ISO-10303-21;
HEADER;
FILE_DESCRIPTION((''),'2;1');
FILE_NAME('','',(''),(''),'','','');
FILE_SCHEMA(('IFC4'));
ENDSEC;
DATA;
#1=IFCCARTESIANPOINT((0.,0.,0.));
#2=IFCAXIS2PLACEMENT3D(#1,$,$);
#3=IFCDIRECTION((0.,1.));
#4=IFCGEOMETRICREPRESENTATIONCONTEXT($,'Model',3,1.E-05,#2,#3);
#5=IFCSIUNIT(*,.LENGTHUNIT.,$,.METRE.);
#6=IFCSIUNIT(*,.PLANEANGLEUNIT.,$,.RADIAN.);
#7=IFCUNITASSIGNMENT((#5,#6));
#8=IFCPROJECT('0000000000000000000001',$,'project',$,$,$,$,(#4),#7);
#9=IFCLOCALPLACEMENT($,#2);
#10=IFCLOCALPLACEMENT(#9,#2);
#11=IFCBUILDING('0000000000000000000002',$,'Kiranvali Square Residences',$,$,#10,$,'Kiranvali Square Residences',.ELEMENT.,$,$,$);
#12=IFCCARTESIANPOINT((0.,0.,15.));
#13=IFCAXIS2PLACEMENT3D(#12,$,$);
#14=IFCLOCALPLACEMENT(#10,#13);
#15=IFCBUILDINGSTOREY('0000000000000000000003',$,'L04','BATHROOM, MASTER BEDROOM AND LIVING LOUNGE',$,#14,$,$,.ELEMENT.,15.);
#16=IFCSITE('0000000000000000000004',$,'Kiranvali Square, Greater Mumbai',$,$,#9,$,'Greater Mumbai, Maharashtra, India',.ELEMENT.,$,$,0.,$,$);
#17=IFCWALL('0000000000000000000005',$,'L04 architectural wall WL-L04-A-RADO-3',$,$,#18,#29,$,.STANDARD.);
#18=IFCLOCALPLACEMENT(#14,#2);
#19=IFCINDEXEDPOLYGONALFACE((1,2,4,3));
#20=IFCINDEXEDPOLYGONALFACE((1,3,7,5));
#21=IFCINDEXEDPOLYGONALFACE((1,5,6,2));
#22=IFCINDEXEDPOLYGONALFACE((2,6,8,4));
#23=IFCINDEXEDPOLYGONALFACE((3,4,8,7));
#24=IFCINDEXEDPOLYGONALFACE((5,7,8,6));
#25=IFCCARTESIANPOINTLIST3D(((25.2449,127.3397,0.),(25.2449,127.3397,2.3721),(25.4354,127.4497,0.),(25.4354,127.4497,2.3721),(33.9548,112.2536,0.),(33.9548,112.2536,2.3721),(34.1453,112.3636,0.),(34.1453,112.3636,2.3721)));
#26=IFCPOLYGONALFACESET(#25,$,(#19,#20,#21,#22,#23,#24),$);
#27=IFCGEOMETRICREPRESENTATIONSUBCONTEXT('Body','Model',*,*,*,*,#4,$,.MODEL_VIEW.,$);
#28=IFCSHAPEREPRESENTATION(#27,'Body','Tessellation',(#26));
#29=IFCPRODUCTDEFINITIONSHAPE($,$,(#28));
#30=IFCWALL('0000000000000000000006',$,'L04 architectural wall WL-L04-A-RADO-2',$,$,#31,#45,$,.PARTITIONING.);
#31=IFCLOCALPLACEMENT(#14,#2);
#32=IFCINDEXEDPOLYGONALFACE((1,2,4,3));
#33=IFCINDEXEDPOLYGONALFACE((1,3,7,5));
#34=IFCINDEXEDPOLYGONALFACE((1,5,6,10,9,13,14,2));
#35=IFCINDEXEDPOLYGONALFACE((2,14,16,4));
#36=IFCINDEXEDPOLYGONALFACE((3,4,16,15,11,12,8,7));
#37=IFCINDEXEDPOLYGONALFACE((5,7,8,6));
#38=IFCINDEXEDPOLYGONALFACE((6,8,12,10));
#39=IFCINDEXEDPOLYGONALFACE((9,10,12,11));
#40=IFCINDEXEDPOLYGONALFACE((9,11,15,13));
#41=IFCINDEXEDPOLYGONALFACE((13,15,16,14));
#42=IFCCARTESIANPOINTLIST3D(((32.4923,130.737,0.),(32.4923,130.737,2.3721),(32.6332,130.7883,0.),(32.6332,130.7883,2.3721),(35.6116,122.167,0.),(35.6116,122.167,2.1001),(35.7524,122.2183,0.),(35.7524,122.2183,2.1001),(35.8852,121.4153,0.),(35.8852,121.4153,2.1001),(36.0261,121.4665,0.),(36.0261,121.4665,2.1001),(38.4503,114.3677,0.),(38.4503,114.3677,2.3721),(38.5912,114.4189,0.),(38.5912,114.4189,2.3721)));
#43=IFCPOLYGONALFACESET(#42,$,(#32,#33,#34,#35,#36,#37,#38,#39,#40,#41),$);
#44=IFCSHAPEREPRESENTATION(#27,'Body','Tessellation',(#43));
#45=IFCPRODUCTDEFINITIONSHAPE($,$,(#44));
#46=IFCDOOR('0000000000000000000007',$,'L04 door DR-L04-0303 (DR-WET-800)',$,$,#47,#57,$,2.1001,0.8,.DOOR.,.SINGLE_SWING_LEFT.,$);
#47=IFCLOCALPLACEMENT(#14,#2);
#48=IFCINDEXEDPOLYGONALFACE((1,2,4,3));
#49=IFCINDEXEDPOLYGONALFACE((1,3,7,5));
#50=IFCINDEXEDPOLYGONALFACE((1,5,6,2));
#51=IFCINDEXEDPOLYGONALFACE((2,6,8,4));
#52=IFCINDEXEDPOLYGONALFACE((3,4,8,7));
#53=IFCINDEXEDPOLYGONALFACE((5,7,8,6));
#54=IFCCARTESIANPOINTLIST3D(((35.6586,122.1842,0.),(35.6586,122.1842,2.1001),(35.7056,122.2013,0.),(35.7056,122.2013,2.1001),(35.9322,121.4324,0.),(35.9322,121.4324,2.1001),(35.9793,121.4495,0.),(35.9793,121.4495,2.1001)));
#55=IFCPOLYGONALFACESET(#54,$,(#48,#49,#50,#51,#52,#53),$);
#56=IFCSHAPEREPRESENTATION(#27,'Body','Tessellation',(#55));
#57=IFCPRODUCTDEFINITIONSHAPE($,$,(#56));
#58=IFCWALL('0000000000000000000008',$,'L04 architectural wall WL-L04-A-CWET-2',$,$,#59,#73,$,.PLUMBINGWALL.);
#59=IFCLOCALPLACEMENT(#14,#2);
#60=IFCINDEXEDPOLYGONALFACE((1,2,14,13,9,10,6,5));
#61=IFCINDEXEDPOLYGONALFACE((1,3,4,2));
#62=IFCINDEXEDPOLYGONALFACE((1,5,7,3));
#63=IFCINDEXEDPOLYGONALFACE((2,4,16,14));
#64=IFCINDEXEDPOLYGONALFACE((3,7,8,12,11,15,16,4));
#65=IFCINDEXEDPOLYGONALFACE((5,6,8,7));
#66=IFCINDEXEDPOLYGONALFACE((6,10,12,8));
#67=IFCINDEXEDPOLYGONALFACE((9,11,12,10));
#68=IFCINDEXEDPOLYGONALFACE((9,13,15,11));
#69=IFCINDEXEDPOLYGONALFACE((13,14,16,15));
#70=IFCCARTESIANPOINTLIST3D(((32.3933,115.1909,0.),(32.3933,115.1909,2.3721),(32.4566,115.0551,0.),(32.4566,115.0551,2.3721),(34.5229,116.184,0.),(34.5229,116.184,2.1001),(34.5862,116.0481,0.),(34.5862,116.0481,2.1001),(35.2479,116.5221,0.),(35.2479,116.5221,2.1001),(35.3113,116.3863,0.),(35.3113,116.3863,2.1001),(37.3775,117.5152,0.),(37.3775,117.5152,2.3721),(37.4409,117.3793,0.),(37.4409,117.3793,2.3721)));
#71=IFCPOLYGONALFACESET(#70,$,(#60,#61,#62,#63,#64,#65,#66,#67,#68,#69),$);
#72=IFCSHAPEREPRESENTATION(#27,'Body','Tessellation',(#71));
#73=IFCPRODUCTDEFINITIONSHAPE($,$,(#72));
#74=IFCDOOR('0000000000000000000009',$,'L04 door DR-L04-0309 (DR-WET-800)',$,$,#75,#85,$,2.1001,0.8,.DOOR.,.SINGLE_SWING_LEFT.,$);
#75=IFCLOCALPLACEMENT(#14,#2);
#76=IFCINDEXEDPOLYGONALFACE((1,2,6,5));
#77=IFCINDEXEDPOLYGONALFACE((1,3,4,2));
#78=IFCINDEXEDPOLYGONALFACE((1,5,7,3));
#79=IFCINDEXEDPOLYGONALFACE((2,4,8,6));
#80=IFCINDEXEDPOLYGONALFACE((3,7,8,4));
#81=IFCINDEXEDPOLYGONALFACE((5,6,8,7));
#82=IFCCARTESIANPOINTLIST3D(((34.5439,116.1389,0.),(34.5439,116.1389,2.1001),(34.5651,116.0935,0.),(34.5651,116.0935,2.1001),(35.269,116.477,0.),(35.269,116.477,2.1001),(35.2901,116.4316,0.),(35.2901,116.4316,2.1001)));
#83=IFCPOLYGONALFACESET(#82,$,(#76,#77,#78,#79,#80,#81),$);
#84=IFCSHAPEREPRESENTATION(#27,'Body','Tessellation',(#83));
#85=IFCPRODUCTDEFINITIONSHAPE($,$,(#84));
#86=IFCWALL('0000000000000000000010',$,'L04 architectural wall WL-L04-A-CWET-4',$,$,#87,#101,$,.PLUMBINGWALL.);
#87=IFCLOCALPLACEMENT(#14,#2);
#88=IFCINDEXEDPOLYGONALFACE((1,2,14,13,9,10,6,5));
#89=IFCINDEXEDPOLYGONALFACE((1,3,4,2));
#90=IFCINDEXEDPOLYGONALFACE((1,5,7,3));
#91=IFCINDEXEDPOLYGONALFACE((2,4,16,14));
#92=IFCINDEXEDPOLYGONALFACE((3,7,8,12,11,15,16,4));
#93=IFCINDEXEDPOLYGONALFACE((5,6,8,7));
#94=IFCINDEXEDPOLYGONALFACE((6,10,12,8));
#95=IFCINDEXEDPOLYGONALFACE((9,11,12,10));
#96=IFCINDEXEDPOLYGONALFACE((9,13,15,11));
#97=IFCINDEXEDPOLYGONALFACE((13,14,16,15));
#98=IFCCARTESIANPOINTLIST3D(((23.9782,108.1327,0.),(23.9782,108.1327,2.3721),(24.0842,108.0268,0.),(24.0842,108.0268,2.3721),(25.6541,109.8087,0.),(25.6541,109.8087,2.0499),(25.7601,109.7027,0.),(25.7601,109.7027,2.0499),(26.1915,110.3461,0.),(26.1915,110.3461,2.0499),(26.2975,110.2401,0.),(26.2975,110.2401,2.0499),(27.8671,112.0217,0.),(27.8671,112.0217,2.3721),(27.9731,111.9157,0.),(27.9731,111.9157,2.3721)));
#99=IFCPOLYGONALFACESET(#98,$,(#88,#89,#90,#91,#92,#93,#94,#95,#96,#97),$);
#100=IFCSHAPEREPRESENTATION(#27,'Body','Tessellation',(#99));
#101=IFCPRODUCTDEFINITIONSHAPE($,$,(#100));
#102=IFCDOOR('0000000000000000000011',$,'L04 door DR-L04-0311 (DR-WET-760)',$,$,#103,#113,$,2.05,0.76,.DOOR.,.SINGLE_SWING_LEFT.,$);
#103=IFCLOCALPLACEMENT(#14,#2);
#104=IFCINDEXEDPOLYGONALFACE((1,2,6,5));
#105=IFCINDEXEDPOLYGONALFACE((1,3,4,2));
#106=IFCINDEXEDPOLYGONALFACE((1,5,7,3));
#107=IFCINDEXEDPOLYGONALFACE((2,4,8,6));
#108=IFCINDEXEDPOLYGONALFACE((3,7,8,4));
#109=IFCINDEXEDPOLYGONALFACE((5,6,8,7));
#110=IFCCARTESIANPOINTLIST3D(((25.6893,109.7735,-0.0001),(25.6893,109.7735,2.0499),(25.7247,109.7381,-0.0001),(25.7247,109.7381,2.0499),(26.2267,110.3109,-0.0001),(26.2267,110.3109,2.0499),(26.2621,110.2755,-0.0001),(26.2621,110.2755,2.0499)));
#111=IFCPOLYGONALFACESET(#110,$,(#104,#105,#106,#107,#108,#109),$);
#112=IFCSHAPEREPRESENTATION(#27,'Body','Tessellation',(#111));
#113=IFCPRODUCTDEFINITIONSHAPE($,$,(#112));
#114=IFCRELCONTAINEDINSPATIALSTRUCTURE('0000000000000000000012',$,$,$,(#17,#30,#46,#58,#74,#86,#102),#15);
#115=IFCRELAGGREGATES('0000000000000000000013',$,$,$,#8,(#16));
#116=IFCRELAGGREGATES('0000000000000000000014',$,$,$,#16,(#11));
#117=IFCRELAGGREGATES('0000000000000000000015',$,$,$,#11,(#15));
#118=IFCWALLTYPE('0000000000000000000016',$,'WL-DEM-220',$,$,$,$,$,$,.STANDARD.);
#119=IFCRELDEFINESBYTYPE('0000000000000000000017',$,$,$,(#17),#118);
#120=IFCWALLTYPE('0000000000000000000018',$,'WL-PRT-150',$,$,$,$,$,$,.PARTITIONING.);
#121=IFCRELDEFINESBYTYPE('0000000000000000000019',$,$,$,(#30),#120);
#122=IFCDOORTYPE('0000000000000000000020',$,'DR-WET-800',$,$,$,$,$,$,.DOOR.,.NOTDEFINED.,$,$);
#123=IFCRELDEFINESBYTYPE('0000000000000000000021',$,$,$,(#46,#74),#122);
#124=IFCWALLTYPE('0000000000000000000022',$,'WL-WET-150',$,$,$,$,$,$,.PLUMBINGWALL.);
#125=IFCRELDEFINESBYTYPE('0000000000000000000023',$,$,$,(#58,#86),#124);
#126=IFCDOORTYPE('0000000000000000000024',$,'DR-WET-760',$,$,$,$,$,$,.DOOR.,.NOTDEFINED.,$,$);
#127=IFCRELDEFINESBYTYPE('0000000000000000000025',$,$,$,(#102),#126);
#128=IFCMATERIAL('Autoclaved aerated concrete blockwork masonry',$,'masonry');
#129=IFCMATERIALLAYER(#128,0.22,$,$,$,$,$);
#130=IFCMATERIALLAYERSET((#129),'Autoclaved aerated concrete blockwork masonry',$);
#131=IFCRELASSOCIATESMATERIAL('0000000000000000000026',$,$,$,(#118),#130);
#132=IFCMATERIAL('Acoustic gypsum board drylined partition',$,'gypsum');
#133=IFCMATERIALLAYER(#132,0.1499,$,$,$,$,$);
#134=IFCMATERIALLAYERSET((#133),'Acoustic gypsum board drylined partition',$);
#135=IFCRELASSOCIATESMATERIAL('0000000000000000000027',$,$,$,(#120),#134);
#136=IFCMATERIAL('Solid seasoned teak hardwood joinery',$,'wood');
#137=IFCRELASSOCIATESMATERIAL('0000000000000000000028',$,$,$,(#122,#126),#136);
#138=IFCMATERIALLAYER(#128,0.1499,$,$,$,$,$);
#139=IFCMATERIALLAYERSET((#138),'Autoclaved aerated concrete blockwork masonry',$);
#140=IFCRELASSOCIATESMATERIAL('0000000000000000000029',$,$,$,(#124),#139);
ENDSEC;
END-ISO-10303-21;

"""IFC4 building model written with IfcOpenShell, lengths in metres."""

from ifc_helpers import new_model, si_unit, direction, frame, frame_2d, origin, place, context, subcontext, project, spatial, rectangle, extrude, material, layer, layer_set, type_object, element, fill, save


model = new_model("IFC4")

# Units and contexts
model_context = context("Model", 3, precision=1e-05, world=origin(), true_north=direction((0.0, 1.0)))
body_context = subcontext(model_context, "Body", "Model", "MODEL_VIEW")
ifc_project = project(units=[si_unit("LENGTHUNIT", "METRE"), si_unit("PLANEANGLEUNIT", "RADIAN")], contexts=[model_context])

# Site, building, storey
site_placement = place(None, origin())
site = spatial("IfcSite", under=ifc_project, at=site_placement, Name="Kiranvali Square, Greater Mumbai", LongName="Greater Mumbai, Maharashtra, India", CompositionType="ELEMENT", RefElevation=0.0)
building_placement = place(site_placement, origin())
building = spatial("IfcBuilding", under=site, at=building_placement, Name="Kiranvali Square Residences", LongName="Kiranvali Square Residences", CompositionType="ELEMENT")
storey_placement = place(building_placement, frame((0.0, 0.0, 15.0)))
storey = spatial("IfcBuildingStorey", under=building, at=storey_placement, Name="L04", Description="BATHROOM, MASTER BEDROOM AND LIVING LOUNGE", CompositionType="ELEMENT", Elevation=15.0)

# Shared definitions
ifc_material_1 = material(Name="Autoclaved aerated concrete blockwork masonry", Category="masonry")

# Wall
ifc_layer_1 = layer(ifc_material_1, 0.22)
ifc_layer_set_1 = layer_set([ifc_layer_1], Name="Autoclaved aerated concrete blockwork masonry")
wall_type_1 = type_object("IfcWallType", Name="WL-DEM-220", PredefinedType="STANDARD", material=ifc_layer_set_1)
wall_1_placement = place(storey_placement, frame((34.05, 112.3086, 0.0), z_axis=(0.0, 0.0, 1.0), x_axis=(-0.499998, 0.866027, 0.0)))
element("IfcWall", 1, at=wall_1_placement, inside=storey, type_object=wall_type_1, Name="L04 architectural wall WL-L04-A-RADO-3", PredefinedType="STANDARD", context=body_context, shape_type="SweptSolid", body=[
    extrude(rectangle(XDim=17.4199, YDim=0.22, at=frame_2d((8.71, 0.0))), origin(), (0.0, 0.0, 1.0), 2.3721),
])

# Walls, openings, doors
ifc_material_2 = material(Name="Acoustic gypsum board drylined partition", Category="gypsum")
ifc_layer_2 = layer(ifc_material_2, 0.1499)
ifc_layer_set_2 = layer_set([ifc_layer_2], Name="Acoustic gypsum board drylined partition")
wall_type_2 = type_object("IfcWallType", Name="WL-PRT-150", PredefinedType="PARTITIONING", material=ifc_layer_set_2)
wall_2_placement = place(storey_placement, frame((38.5208, 114.3933, 0.0), z_axis=(0.0, 0.0, 1.0), x_axis=(-0.342022, 0.939692, 0.0)))
wall_2 = element("IfcWall", 2, at=wall_2_placement, inside=storey, type_object=wall_type_2, Name="L04 architectural wall WL-L04-A-RADO-2", PredefinedType="PARTITIONING", context=body_context, shape_type="SweptSolid", body=[
    extrude(rectangle(XDim=17.4199, YDim=0.1499, at=frame_2d((8.71, 0.0))), origin(), (0.0, 0.0, 1.0), 2.3721),
])
opening_1_placement = place(wall_2_placement, frame((7.5, 0.0, 0.0)))
opening_1 = element("IfcOpeningElement", 3, at=opening_1_placement, cuts=wall_2, PredefinedType="OPENING", context=body_context, shape_type="SweptSolid", body=[
    extrude(rectangle(XDim=0.8, YDim=2.1001, at=frame_2d((0.3999, 1.05))), frame((0.0, 0.085, 0.0), z_axis=(0.0, -1.0, 0.0), x_axis=(1.0, 0.0, 0.0)), (0.0, 0.0, 1.0), 0.1699),
])
ifc_material_3 = material(Name="Solid seasoned teak hardwood joinery", Category="wood")
door_type_1 = type_object("IfcDoorType", Name="DR-WET-800", OperationType="NOTDEFINED", PredefinedType="DOOR", material=ifc_material_3)
door_1_placement = place(opening_1_placement, origin())
door_1 = element("IfcDoor", 4, at=door_1_placement, inside=storey, type_object=door_type_1, Name="L04 door DR-L04-0303 (DR-WET-800)", OperationType="SINGLE_SWING_LEFT", OverallHeight=2.1001, OverallWidth=0.8, PredefinedType="DOOR", context=body_context, shape_type="SweptSolid", body=[
    extrude(rectangle(XDim=0.8, YDim=2.1001, at=frame_2d((0.3999, 1.05))), frame((0.0, 0.0249, 0.0), z_axis=(0.0, -1.0, 0.0), x_axis=(1.0, 0.0, 0.0)), (0.0, 0.0, 1.0), 0.05),
])
fill(opening_1, door_1)
ifc_layer_3 = layer(ifc_material_1, 0.1499)
ifc_layer_set_3 = layer_set([ifc_layer_3], Name="Autoclaved aerated concrete blockwork masonry")
wall_type_3 = type_object("IfcWallType", Name="WL-WET-150", PredefinedType="PLUMBINGWALL", material=ifc_layer_set_3)
wall_3_placement = place(storey_placement, frame((37.4092, 117.4473, 0.0), z_axis=(0.0, 0.0, 1.0), x_axis=(-0.906302, -0.42263, 0.0)))
wall_3 = element("IfcWall", 5, at=wall_3_placement, inside=storey, type_object=wall_type_3, Name="L04 architectural wall WL-L04-A-CWET-2", PredefinedType="PLUMBINGWALL", context=body_context, shape_type="SweptSolid", body=[
    extrude(rectangle(XDim=5.4995, YDim=0.1499, at=frame_2d((2.7498, 0.0))), origin(), (0.0, 0.0, 1.0), 2.3721),
])
opening_2_placement = place(wall_3_placement, frame((2.3499, 0.0, 0.0)))
opening_2 = element("IfcOpeningElement", 6, at=opening_2_placement, cuts=wall_3, PredefinedType="OPENING", context=body_context, shape_type="SweptSolid", body=[
    extrude(rectangle(XDim=0.8, YDim=2.1001, at=frame_2d((0.3999, 1.05))), frame((0.0, 0.085, 0.0), z_axis=(0.0, -1.0, 0.0), x_axis=(1.0, 0.0, 0.0)), (0.0, 0.0, 1.0), 0.1699),
])
door_2_placement = place(opening_2_placement, origin())
door_2 = element("IfcDoor", 7, at=door_2_placement, inside=storey, type_object=door_type_1, Name="L04 door DR-L04-0309 (DR-WET-800)", OperationType="SINGLE_SWING_LEFT", OverallHeight=2.1001, OverallWidth=0.8, PredefinedType="DOOR", context=body_context, shape_type="SweptSolid", body=[
    extrude(rectangle(XDim=0.8, YDim=2.1001, at=frame_2d((0.3999, 1.05))), frame((0.0, 0.0249, 0.0), z_axis=(0.0, -1.0, 0.0), x_axis=(1.0, 0.0, 0.0)), (0.0, 0.0, 1.0), 0.05),
])
fill(opening_2, door_2)
wall_4_placement = place(storey_placement, frame((27.9202, 111.9688, 0.0), z_axis=(0.0, 0.0, 1.0), x_axis=(-0.707107, -0.707107, 0.0)))
wall_4 = element("IfcWall", 8, at=wall_4_placement, inside=storey, type_object=wall_type_3, Name="L04 architectural wall WL-L04-A-CWET-4", PredefinedType="PLUMBINGWALL", context=body_context, shape_type="SweptSolid", body=[
    extrude(rectangle(XDim=5.4998, YDim=0.1499, at=frame_2d((2.75, 0.0))), origin(), (0.0, 0.0, 1.0), 2.3721),
])
opening_3_placement = place(wall_4_placement, frame((2.3699, 0.0, 0.0)))
opening_3 = element("IfcOpeningElement", 9, at=opening_3_placement, cuts=wall_4, PredefinedType="OPENING", context=body_context, shape_type="SweptSolid", body=[
    extrude(rectangle(XDim=0.76, YDim=2.05, at=frame_2d((0.3799, 1.0249))), frame((0.0, 0.085, 0.0), z_axis=(0.0, -1.0, 0.0), x_axis=(1.0, 0.0, 0.0)), (0.0, 0.0, 1.0), 0.1699),
])
door_type_2 = type_object("IfcDoorType", Name="DR-WET-760", OperationType="NOTDEFINED", PredefinedType="DOOR", material=ifc_material_3)
door_3_placement = place(opening_3_placement, origin())
door_3 = element("IfcDoor", 10, at=door_3_placement, inside=storey, type_object=door_type_2, Name="L04 door DR-L04-0311 (DR-WET-760)", OperationType="SINGLE_SWING_LEFT", OverallHeight=2.05, OverallWidth=0.76, PredefinedType="DOOR", context=body_context, shape_type="SweptSolid", body=[
    extrude(rectangle(XDim=0.76, YDim=2.05, at=frame_2d((0.3799, 1.0249))), frame((0.0, 0.0249, 0.0), z_axis=(0.0, -1.0, 0.0), x_axis=(1.0, 0.0, 0.0)), (0.0, 0.0, 1.0), 0.05),
])
fill(opening_3, door_3)

save(model, "model.ifc")
